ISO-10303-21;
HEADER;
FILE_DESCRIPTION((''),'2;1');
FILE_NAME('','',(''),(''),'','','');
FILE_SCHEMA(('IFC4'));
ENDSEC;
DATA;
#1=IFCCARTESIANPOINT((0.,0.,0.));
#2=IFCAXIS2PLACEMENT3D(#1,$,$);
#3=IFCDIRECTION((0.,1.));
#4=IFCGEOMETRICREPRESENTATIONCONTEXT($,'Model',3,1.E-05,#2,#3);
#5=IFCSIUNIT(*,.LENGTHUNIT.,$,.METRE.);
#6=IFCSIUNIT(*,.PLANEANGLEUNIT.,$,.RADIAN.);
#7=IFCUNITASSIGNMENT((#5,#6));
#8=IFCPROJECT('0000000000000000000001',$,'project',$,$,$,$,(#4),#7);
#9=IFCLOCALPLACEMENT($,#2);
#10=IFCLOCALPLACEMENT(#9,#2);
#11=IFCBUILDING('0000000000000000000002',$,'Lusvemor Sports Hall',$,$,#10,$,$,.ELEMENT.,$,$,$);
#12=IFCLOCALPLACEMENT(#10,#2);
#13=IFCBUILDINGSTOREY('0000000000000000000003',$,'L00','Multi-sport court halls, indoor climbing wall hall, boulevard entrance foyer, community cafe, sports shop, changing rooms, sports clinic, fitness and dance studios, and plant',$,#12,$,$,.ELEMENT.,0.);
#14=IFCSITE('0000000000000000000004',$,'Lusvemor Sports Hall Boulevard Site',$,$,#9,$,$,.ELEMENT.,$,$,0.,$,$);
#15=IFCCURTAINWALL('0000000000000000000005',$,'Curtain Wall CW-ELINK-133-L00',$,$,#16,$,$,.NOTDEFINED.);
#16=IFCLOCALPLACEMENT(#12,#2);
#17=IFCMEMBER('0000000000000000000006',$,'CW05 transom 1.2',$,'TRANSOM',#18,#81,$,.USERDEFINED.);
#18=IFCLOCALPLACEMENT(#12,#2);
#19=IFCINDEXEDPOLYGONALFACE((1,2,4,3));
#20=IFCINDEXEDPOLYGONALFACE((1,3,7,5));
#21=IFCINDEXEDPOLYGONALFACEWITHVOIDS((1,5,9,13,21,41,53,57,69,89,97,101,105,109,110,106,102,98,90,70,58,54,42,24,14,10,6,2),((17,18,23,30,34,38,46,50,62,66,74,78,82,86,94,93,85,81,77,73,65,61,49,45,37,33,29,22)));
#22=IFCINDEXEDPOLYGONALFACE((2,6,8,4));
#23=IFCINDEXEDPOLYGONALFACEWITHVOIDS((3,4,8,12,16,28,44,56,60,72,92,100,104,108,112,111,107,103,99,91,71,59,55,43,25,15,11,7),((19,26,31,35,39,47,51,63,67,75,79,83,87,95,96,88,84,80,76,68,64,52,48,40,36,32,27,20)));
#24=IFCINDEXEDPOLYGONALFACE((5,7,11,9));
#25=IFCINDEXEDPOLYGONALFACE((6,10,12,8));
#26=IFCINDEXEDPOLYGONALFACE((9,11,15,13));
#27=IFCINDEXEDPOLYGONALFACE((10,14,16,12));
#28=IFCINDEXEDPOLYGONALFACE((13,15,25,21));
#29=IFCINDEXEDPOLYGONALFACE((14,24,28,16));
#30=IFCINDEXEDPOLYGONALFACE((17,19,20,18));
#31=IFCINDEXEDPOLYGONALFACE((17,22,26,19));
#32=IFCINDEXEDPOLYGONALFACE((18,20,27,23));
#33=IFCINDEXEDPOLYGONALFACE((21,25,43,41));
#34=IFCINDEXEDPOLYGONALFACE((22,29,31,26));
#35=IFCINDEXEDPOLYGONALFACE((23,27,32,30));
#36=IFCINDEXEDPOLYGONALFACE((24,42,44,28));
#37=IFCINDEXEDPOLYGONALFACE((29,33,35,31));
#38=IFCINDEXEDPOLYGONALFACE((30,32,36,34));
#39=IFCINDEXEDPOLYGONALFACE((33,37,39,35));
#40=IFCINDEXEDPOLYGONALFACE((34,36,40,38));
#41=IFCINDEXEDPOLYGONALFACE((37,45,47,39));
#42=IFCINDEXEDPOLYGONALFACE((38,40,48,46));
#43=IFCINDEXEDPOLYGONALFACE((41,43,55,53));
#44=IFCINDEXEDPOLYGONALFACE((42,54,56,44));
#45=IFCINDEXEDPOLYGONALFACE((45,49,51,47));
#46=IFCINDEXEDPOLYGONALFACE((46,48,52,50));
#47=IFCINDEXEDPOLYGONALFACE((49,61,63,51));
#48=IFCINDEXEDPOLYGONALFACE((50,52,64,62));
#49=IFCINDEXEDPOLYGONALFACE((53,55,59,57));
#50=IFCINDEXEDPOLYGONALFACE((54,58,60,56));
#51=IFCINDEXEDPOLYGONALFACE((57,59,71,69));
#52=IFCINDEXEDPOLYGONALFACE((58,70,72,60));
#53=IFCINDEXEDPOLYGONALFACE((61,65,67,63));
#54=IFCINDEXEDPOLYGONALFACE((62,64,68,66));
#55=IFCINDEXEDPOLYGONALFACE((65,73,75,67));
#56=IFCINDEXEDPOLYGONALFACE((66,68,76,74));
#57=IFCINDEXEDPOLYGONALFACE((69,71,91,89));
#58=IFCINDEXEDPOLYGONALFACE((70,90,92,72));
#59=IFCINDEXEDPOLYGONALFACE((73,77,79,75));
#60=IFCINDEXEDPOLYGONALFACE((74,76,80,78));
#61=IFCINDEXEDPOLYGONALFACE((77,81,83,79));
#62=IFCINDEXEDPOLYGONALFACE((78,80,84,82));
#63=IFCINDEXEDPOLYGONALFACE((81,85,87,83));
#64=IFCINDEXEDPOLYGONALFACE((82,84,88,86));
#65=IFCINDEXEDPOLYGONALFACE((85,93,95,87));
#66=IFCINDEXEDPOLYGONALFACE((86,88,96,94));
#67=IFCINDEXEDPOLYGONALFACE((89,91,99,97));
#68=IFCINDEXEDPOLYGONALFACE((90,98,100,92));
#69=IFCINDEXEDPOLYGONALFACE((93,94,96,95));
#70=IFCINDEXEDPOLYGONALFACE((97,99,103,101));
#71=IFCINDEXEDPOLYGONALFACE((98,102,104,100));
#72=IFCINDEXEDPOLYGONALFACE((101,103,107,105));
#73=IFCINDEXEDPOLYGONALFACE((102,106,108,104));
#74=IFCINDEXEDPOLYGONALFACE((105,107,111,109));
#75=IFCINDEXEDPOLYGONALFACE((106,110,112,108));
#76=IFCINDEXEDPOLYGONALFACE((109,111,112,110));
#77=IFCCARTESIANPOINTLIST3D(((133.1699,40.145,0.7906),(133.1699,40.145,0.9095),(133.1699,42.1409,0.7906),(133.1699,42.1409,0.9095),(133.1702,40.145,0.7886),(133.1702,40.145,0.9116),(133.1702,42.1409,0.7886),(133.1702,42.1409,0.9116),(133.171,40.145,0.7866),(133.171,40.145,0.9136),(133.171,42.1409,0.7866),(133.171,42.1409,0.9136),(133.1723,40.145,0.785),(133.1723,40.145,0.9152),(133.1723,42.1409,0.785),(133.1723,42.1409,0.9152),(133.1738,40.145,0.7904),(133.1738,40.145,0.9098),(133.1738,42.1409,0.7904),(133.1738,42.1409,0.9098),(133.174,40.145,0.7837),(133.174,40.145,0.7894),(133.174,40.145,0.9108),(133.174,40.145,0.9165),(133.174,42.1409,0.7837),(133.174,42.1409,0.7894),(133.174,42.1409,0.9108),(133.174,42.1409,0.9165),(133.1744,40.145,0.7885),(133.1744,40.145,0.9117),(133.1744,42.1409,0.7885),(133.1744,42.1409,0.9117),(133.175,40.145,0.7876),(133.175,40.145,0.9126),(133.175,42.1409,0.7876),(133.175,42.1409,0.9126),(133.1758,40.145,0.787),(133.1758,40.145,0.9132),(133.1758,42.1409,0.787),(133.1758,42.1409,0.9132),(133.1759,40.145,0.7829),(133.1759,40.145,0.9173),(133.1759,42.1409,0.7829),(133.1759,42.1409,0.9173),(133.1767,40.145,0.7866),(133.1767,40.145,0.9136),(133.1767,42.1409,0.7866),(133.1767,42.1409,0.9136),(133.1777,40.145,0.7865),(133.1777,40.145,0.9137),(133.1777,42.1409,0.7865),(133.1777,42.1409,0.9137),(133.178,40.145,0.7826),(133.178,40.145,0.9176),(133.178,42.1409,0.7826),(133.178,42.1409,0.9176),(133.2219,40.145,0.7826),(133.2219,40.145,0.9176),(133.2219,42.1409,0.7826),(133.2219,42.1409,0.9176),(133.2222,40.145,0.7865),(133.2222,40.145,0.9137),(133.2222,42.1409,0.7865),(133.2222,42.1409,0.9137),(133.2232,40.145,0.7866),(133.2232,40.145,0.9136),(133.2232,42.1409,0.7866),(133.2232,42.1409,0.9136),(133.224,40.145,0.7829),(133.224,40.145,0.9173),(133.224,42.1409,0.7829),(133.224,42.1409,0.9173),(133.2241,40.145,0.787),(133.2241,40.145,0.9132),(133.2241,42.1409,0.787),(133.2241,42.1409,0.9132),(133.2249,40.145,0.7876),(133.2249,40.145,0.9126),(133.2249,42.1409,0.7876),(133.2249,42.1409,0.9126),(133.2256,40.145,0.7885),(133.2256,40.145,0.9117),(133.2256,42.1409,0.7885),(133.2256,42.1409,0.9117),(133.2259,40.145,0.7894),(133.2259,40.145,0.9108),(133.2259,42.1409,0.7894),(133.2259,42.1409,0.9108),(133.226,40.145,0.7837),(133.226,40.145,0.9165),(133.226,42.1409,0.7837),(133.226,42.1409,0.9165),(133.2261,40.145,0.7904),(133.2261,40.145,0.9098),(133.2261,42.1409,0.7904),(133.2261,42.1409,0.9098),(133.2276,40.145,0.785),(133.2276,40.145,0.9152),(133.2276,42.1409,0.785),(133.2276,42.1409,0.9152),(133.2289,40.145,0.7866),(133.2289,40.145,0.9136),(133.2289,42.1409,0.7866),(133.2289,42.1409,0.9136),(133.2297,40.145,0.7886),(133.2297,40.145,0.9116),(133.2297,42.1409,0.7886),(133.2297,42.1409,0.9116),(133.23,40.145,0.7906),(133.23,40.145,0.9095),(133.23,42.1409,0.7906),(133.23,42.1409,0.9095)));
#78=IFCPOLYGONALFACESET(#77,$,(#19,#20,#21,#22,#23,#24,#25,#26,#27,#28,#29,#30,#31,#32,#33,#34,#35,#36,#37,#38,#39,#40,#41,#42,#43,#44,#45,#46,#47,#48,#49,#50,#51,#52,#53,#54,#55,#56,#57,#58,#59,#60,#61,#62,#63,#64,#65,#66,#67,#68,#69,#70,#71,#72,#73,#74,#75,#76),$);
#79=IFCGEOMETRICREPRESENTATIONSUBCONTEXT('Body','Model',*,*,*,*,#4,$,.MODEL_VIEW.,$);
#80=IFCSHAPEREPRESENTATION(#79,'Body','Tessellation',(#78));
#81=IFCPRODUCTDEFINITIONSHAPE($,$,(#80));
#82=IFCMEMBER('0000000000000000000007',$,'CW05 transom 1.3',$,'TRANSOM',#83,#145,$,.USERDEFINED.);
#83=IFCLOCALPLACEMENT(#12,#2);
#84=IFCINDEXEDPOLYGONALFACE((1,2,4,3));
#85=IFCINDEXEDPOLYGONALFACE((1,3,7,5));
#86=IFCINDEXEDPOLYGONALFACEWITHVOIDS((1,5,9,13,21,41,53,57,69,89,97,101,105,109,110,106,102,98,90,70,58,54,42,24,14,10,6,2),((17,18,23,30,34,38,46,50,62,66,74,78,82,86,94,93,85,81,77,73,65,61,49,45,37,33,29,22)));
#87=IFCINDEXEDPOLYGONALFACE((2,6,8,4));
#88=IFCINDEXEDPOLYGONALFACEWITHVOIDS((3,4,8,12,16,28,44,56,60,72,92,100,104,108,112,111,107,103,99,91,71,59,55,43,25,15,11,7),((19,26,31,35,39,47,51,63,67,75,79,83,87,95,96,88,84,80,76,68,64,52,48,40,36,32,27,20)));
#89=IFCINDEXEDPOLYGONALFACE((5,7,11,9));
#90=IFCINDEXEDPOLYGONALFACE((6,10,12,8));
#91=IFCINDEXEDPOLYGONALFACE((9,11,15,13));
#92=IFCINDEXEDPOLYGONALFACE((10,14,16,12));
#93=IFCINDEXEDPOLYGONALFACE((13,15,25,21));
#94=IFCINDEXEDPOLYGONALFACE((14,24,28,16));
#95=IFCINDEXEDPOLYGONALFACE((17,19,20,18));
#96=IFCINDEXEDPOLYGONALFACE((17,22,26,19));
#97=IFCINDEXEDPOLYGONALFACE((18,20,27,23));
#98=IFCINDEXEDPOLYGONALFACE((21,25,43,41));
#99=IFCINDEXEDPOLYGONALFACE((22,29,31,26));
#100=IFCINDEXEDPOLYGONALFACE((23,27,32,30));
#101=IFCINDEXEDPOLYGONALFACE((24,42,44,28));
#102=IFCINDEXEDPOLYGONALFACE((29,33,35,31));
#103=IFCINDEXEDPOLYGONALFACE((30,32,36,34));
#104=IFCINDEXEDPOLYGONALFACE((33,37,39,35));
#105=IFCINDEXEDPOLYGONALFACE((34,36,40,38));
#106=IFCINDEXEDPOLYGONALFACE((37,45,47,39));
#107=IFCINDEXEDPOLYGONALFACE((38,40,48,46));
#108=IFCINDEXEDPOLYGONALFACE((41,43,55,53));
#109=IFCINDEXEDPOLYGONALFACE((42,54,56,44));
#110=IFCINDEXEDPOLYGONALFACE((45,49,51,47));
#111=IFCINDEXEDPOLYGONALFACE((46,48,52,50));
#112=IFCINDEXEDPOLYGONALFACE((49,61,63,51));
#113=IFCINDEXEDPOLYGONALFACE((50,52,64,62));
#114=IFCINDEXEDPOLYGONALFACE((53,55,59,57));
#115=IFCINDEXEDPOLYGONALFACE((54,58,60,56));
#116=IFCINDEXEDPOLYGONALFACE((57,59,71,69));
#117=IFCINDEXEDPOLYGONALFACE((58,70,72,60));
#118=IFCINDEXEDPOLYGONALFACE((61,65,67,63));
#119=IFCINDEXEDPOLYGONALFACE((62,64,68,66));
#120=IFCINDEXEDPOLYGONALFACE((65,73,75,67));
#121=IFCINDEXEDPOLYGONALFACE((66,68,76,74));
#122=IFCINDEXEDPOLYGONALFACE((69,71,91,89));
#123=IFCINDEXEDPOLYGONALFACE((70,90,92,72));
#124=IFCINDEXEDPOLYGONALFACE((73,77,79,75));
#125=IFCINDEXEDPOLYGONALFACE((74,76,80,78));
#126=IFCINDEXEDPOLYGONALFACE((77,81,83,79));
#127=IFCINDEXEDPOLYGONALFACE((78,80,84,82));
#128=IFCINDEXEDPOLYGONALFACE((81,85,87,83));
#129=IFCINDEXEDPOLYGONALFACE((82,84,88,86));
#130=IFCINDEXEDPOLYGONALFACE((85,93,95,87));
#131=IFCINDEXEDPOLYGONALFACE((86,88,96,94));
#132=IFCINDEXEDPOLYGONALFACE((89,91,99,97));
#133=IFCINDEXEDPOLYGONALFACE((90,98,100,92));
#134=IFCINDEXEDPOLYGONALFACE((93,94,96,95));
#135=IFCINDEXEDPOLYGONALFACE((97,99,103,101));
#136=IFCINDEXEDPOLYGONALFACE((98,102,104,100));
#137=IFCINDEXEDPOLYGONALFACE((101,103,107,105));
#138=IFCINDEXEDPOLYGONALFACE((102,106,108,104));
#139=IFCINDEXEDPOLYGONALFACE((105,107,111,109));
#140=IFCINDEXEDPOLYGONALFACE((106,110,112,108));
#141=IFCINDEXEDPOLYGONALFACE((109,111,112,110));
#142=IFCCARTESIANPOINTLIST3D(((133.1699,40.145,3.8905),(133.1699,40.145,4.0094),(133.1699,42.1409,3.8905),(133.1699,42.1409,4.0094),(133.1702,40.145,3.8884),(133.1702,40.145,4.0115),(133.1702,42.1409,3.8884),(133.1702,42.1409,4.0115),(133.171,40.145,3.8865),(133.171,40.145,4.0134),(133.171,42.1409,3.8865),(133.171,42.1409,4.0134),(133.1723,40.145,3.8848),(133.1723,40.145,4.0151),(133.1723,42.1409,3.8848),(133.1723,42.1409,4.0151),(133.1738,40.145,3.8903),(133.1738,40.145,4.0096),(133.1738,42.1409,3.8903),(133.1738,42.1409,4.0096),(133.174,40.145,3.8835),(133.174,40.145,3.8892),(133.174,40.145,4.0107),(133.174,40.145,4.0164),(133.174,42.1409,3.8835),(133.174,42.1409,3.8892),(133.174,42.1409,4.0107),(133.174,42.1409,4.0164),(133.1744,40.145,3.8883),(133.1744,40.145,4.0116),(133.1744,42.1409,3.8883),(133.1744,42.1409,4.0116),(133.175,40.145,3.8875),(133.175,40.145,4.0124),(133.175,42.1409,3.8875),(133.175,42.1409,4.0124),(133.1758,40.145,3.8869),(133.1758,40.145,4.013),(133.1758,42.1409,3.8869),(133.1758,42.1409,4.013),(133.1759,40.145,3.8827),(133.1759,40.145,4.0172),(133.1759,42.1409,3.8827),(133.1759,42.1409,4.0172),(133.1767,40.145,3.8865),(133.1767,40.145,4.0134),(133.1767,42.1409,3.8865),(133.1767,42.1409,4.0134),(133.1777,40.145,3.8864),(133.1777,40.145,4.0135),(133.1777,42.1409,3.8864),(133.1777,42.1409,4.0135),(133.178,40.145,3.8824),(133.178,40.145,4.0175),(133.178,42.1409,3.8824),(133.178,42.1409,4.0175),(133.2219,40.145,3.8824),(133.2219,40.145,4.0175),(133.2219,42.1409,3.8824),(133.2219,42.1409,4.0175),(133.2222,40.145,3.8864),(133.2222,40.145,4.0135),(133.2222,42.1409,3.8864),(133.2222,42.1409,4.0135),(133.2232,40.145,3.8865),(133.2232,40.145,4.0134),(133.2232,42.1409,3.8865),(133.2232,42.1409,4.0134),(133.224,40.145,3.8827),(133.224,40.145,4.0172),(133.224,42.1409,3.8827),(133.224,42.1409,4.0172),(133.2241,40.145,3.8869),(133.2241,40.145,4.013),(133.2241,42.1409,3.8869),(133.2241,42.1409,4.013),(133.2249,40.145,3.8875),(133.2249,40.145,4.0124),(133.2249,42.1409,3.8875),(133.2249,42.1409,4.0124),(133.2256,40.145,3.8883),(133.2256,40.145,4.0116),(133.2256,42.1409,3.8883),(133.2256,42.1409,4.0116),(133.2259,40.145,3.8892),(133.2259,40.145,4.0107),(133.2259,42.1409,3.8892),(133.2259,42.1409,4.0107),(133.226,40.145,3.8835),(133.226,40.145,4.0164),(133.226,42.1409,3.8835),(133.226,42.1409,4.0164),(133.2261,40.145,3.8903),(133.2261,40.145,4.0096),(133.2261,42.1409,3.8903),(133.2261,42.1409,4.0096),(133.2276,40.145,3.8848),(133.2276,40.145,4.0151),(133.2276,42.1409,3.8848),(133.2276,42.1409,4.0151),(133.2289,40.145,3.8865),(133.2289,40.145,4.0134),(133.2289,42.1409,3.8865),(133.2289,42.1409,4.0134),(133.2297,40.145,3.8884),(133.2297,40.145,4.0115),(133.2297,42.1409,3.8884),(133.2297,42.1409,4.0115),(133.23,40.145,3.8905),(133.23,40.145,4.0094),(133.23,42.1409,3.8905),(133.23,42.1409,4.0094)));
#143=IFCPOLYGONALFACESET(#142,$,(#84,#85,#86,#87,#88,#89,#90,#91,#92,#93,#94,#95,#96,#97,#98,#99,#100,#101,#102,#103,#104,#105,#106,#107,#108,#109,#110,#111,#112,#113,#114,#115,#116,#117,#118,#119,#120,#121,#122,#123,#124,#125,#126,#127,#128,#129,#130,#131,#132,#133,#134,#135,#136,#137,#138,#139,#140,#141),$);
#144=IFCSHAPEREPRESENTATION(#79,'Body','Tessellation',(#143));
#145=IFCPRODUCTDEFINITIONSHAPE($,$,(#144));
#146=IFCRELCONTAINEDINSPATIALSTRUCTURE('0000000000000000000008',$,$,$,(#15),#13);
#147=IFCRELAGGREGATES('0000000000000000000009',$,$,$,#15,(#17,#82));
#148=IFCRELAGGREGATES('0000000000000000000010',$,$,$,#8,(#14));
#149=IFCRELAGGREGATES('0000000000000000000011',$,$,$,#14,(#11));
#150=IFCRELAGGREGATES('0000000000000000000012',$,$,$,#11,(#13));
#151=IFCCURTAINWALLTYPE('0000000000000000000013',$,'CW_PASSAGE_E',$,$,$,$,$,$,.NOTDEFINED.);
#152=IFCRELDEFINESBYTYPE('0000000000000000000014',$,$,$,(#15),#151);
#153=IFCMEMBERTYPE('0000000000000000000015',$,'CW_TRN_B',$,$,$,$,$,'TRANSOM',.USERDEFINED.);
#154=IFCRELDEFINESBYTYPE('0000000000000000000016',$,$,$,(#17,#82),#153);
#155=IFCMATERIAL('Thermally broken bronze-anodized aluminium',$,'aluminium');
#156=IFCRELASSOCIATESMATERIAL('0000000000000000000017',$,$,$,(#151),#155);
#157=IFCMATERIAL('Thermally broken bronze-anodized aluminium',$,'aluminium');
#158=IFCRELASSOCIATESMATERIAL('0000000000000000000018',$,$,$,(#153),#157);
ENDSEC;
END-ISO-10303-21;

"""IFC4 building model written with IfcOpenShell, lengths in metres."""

from ifc_helpers import new_model, si_unit, direction, frame, origin, origin_2d, place, context, subcontext, project, spatial, hollow_rectangle, extrude, material, material_profile, profile_set, type_object, element, aggregate, save


model = new_model("IFC4")

# Units and contexts
model_context = context("Model", 3, precision=1e-05, world=origin(), true_north=direction((0.0, 1.0)))
body_context = subcontext(model_context, "Body", "Model", "MODEL_VIEW")
ifc_project = project(units=[si_unit("LENGTHUNIT", "METRE"), si_unit("PLANEANGLEUNIT", "RADIAN")], contexts=[model_context])

# Site, building, storey
site_placement = place(None, origin())
site = spatial("IfcSite", under=ifc_project, at=site_placement, Name="Lusvemor Sports Hall Boulevard Site", CompositionType="ELEMENT", RefElevation=0.0)
building_placement = place(site_placement, origin())
building = spatial("IfcBuilding", under=site, at=building_placement, Name="Lusvemor Sports Hall", CompositionType="ELEMENT")
storey_placement = place(building_placement, origin())
storey = spatial("IfcBuildingStorey", under=building, at=storey_placement, Name="L00", Description="Multi-sport court halls, indoor climbing wall hall, boulevard entrance foyer, community cafe, sports shop, changing rooms, sports clinic, fitness and dance studios, and plant", CompositionType="ELEMENT", Elevation=0.0)

# Curtain wall, members
ifc_material_1 = material(Name="Thermally broken bronze-anodized aluminium", Category="aluminium")
curtain_wall_type = type_object("IfcCurtainWallType", Name="CW_PASSAGE_E", PredefinedType="NOTDEFINED", material=ifc_material_1)
curtain_wall_placement = place(storey_placement, origin())
curtain_wall = element("IfcCurtainWall", 1, at=curtain_wall_placement, inside=storey, type_object=curtain_wall_type, Name="Curtain Wall CW-ELINK-133-L00", PredefinedType="NOTDEFINED")
ifc_material_2 = material(Name="Thermally broken bronze-anodized aluminium", Category="aluminium")
ifc_material_profile_1 = material_profile(ifc_material_2, hollow_rectangle(XDim=0.0601, YDim=0.135, WallThickness=0.0039, InnerFilletRadius=0.0039, OuterFilletRadius=0.0081, at=origin_2d()), Name="CWTRN135x60x4")
ifc_profile_set_1 = profile_set([ifc_material_profile_1], Name="Thermally broken bronze-anodized aluminium")
member_type_1 = type_object("IfcMemberType", Name="CW_TRN_B", ElementType="TRANSOM", PredefinedType="USERDEFINED", material=ifc_profile_set_1)
member_1_placement = place(storey_placement, frame((133.2, 40.145, 0.8501), z_axis=(0.0, 1.0, 0.0), x_axis=(-1.0, 0.0, 0.0)))
member_1 = element("IfcMember", 2, at=member_1_placement, type_object=member_type_1, Name="CW05 transom 1.2", ObjectType="TRANSOM", PredefinedType="USERDEFINED", context=body_context, shape_type="SweptSolid", body=[
    extrude(hollow_rectangle(XDim=0.0601, YDim=0.135, WallThickness=0.0039, InnerFilletRadius=0.0039, OuterFilletRadius=0.0081, at=origin_2d()), origin(), (0.0, 0.0, 1.0), 1.9958),
])
member_2_placement = place(storey_placement, frame((133.2, 40.145, 3.95), z_axis=(0.0, 1.0, 0.0), x_axis=(-1.0, 0.0, 0.0)))
member_2 = element("IfcMember", 3, at=member_2_placement, type_object=member_type_1, Name="CW05 transom 1.3", ObjectType="TRANSOM", PredefinedType="USERDEFINED", context=body_context, shape_type="SweptSolid", body=[
    extrude(hollow_rectangle(XDim=0.0601, YDim=0.135, WallThickness=0.0039, InnerFilletRadius=0.0039, OuterFilletRadius=0.0081, at=origin_2d()), origin(), (0.0, 0.0, 1.0), 1.9958),
])
aggregate(curtain_wall, [member_1, member_2])

save(model, "model.ifc")
